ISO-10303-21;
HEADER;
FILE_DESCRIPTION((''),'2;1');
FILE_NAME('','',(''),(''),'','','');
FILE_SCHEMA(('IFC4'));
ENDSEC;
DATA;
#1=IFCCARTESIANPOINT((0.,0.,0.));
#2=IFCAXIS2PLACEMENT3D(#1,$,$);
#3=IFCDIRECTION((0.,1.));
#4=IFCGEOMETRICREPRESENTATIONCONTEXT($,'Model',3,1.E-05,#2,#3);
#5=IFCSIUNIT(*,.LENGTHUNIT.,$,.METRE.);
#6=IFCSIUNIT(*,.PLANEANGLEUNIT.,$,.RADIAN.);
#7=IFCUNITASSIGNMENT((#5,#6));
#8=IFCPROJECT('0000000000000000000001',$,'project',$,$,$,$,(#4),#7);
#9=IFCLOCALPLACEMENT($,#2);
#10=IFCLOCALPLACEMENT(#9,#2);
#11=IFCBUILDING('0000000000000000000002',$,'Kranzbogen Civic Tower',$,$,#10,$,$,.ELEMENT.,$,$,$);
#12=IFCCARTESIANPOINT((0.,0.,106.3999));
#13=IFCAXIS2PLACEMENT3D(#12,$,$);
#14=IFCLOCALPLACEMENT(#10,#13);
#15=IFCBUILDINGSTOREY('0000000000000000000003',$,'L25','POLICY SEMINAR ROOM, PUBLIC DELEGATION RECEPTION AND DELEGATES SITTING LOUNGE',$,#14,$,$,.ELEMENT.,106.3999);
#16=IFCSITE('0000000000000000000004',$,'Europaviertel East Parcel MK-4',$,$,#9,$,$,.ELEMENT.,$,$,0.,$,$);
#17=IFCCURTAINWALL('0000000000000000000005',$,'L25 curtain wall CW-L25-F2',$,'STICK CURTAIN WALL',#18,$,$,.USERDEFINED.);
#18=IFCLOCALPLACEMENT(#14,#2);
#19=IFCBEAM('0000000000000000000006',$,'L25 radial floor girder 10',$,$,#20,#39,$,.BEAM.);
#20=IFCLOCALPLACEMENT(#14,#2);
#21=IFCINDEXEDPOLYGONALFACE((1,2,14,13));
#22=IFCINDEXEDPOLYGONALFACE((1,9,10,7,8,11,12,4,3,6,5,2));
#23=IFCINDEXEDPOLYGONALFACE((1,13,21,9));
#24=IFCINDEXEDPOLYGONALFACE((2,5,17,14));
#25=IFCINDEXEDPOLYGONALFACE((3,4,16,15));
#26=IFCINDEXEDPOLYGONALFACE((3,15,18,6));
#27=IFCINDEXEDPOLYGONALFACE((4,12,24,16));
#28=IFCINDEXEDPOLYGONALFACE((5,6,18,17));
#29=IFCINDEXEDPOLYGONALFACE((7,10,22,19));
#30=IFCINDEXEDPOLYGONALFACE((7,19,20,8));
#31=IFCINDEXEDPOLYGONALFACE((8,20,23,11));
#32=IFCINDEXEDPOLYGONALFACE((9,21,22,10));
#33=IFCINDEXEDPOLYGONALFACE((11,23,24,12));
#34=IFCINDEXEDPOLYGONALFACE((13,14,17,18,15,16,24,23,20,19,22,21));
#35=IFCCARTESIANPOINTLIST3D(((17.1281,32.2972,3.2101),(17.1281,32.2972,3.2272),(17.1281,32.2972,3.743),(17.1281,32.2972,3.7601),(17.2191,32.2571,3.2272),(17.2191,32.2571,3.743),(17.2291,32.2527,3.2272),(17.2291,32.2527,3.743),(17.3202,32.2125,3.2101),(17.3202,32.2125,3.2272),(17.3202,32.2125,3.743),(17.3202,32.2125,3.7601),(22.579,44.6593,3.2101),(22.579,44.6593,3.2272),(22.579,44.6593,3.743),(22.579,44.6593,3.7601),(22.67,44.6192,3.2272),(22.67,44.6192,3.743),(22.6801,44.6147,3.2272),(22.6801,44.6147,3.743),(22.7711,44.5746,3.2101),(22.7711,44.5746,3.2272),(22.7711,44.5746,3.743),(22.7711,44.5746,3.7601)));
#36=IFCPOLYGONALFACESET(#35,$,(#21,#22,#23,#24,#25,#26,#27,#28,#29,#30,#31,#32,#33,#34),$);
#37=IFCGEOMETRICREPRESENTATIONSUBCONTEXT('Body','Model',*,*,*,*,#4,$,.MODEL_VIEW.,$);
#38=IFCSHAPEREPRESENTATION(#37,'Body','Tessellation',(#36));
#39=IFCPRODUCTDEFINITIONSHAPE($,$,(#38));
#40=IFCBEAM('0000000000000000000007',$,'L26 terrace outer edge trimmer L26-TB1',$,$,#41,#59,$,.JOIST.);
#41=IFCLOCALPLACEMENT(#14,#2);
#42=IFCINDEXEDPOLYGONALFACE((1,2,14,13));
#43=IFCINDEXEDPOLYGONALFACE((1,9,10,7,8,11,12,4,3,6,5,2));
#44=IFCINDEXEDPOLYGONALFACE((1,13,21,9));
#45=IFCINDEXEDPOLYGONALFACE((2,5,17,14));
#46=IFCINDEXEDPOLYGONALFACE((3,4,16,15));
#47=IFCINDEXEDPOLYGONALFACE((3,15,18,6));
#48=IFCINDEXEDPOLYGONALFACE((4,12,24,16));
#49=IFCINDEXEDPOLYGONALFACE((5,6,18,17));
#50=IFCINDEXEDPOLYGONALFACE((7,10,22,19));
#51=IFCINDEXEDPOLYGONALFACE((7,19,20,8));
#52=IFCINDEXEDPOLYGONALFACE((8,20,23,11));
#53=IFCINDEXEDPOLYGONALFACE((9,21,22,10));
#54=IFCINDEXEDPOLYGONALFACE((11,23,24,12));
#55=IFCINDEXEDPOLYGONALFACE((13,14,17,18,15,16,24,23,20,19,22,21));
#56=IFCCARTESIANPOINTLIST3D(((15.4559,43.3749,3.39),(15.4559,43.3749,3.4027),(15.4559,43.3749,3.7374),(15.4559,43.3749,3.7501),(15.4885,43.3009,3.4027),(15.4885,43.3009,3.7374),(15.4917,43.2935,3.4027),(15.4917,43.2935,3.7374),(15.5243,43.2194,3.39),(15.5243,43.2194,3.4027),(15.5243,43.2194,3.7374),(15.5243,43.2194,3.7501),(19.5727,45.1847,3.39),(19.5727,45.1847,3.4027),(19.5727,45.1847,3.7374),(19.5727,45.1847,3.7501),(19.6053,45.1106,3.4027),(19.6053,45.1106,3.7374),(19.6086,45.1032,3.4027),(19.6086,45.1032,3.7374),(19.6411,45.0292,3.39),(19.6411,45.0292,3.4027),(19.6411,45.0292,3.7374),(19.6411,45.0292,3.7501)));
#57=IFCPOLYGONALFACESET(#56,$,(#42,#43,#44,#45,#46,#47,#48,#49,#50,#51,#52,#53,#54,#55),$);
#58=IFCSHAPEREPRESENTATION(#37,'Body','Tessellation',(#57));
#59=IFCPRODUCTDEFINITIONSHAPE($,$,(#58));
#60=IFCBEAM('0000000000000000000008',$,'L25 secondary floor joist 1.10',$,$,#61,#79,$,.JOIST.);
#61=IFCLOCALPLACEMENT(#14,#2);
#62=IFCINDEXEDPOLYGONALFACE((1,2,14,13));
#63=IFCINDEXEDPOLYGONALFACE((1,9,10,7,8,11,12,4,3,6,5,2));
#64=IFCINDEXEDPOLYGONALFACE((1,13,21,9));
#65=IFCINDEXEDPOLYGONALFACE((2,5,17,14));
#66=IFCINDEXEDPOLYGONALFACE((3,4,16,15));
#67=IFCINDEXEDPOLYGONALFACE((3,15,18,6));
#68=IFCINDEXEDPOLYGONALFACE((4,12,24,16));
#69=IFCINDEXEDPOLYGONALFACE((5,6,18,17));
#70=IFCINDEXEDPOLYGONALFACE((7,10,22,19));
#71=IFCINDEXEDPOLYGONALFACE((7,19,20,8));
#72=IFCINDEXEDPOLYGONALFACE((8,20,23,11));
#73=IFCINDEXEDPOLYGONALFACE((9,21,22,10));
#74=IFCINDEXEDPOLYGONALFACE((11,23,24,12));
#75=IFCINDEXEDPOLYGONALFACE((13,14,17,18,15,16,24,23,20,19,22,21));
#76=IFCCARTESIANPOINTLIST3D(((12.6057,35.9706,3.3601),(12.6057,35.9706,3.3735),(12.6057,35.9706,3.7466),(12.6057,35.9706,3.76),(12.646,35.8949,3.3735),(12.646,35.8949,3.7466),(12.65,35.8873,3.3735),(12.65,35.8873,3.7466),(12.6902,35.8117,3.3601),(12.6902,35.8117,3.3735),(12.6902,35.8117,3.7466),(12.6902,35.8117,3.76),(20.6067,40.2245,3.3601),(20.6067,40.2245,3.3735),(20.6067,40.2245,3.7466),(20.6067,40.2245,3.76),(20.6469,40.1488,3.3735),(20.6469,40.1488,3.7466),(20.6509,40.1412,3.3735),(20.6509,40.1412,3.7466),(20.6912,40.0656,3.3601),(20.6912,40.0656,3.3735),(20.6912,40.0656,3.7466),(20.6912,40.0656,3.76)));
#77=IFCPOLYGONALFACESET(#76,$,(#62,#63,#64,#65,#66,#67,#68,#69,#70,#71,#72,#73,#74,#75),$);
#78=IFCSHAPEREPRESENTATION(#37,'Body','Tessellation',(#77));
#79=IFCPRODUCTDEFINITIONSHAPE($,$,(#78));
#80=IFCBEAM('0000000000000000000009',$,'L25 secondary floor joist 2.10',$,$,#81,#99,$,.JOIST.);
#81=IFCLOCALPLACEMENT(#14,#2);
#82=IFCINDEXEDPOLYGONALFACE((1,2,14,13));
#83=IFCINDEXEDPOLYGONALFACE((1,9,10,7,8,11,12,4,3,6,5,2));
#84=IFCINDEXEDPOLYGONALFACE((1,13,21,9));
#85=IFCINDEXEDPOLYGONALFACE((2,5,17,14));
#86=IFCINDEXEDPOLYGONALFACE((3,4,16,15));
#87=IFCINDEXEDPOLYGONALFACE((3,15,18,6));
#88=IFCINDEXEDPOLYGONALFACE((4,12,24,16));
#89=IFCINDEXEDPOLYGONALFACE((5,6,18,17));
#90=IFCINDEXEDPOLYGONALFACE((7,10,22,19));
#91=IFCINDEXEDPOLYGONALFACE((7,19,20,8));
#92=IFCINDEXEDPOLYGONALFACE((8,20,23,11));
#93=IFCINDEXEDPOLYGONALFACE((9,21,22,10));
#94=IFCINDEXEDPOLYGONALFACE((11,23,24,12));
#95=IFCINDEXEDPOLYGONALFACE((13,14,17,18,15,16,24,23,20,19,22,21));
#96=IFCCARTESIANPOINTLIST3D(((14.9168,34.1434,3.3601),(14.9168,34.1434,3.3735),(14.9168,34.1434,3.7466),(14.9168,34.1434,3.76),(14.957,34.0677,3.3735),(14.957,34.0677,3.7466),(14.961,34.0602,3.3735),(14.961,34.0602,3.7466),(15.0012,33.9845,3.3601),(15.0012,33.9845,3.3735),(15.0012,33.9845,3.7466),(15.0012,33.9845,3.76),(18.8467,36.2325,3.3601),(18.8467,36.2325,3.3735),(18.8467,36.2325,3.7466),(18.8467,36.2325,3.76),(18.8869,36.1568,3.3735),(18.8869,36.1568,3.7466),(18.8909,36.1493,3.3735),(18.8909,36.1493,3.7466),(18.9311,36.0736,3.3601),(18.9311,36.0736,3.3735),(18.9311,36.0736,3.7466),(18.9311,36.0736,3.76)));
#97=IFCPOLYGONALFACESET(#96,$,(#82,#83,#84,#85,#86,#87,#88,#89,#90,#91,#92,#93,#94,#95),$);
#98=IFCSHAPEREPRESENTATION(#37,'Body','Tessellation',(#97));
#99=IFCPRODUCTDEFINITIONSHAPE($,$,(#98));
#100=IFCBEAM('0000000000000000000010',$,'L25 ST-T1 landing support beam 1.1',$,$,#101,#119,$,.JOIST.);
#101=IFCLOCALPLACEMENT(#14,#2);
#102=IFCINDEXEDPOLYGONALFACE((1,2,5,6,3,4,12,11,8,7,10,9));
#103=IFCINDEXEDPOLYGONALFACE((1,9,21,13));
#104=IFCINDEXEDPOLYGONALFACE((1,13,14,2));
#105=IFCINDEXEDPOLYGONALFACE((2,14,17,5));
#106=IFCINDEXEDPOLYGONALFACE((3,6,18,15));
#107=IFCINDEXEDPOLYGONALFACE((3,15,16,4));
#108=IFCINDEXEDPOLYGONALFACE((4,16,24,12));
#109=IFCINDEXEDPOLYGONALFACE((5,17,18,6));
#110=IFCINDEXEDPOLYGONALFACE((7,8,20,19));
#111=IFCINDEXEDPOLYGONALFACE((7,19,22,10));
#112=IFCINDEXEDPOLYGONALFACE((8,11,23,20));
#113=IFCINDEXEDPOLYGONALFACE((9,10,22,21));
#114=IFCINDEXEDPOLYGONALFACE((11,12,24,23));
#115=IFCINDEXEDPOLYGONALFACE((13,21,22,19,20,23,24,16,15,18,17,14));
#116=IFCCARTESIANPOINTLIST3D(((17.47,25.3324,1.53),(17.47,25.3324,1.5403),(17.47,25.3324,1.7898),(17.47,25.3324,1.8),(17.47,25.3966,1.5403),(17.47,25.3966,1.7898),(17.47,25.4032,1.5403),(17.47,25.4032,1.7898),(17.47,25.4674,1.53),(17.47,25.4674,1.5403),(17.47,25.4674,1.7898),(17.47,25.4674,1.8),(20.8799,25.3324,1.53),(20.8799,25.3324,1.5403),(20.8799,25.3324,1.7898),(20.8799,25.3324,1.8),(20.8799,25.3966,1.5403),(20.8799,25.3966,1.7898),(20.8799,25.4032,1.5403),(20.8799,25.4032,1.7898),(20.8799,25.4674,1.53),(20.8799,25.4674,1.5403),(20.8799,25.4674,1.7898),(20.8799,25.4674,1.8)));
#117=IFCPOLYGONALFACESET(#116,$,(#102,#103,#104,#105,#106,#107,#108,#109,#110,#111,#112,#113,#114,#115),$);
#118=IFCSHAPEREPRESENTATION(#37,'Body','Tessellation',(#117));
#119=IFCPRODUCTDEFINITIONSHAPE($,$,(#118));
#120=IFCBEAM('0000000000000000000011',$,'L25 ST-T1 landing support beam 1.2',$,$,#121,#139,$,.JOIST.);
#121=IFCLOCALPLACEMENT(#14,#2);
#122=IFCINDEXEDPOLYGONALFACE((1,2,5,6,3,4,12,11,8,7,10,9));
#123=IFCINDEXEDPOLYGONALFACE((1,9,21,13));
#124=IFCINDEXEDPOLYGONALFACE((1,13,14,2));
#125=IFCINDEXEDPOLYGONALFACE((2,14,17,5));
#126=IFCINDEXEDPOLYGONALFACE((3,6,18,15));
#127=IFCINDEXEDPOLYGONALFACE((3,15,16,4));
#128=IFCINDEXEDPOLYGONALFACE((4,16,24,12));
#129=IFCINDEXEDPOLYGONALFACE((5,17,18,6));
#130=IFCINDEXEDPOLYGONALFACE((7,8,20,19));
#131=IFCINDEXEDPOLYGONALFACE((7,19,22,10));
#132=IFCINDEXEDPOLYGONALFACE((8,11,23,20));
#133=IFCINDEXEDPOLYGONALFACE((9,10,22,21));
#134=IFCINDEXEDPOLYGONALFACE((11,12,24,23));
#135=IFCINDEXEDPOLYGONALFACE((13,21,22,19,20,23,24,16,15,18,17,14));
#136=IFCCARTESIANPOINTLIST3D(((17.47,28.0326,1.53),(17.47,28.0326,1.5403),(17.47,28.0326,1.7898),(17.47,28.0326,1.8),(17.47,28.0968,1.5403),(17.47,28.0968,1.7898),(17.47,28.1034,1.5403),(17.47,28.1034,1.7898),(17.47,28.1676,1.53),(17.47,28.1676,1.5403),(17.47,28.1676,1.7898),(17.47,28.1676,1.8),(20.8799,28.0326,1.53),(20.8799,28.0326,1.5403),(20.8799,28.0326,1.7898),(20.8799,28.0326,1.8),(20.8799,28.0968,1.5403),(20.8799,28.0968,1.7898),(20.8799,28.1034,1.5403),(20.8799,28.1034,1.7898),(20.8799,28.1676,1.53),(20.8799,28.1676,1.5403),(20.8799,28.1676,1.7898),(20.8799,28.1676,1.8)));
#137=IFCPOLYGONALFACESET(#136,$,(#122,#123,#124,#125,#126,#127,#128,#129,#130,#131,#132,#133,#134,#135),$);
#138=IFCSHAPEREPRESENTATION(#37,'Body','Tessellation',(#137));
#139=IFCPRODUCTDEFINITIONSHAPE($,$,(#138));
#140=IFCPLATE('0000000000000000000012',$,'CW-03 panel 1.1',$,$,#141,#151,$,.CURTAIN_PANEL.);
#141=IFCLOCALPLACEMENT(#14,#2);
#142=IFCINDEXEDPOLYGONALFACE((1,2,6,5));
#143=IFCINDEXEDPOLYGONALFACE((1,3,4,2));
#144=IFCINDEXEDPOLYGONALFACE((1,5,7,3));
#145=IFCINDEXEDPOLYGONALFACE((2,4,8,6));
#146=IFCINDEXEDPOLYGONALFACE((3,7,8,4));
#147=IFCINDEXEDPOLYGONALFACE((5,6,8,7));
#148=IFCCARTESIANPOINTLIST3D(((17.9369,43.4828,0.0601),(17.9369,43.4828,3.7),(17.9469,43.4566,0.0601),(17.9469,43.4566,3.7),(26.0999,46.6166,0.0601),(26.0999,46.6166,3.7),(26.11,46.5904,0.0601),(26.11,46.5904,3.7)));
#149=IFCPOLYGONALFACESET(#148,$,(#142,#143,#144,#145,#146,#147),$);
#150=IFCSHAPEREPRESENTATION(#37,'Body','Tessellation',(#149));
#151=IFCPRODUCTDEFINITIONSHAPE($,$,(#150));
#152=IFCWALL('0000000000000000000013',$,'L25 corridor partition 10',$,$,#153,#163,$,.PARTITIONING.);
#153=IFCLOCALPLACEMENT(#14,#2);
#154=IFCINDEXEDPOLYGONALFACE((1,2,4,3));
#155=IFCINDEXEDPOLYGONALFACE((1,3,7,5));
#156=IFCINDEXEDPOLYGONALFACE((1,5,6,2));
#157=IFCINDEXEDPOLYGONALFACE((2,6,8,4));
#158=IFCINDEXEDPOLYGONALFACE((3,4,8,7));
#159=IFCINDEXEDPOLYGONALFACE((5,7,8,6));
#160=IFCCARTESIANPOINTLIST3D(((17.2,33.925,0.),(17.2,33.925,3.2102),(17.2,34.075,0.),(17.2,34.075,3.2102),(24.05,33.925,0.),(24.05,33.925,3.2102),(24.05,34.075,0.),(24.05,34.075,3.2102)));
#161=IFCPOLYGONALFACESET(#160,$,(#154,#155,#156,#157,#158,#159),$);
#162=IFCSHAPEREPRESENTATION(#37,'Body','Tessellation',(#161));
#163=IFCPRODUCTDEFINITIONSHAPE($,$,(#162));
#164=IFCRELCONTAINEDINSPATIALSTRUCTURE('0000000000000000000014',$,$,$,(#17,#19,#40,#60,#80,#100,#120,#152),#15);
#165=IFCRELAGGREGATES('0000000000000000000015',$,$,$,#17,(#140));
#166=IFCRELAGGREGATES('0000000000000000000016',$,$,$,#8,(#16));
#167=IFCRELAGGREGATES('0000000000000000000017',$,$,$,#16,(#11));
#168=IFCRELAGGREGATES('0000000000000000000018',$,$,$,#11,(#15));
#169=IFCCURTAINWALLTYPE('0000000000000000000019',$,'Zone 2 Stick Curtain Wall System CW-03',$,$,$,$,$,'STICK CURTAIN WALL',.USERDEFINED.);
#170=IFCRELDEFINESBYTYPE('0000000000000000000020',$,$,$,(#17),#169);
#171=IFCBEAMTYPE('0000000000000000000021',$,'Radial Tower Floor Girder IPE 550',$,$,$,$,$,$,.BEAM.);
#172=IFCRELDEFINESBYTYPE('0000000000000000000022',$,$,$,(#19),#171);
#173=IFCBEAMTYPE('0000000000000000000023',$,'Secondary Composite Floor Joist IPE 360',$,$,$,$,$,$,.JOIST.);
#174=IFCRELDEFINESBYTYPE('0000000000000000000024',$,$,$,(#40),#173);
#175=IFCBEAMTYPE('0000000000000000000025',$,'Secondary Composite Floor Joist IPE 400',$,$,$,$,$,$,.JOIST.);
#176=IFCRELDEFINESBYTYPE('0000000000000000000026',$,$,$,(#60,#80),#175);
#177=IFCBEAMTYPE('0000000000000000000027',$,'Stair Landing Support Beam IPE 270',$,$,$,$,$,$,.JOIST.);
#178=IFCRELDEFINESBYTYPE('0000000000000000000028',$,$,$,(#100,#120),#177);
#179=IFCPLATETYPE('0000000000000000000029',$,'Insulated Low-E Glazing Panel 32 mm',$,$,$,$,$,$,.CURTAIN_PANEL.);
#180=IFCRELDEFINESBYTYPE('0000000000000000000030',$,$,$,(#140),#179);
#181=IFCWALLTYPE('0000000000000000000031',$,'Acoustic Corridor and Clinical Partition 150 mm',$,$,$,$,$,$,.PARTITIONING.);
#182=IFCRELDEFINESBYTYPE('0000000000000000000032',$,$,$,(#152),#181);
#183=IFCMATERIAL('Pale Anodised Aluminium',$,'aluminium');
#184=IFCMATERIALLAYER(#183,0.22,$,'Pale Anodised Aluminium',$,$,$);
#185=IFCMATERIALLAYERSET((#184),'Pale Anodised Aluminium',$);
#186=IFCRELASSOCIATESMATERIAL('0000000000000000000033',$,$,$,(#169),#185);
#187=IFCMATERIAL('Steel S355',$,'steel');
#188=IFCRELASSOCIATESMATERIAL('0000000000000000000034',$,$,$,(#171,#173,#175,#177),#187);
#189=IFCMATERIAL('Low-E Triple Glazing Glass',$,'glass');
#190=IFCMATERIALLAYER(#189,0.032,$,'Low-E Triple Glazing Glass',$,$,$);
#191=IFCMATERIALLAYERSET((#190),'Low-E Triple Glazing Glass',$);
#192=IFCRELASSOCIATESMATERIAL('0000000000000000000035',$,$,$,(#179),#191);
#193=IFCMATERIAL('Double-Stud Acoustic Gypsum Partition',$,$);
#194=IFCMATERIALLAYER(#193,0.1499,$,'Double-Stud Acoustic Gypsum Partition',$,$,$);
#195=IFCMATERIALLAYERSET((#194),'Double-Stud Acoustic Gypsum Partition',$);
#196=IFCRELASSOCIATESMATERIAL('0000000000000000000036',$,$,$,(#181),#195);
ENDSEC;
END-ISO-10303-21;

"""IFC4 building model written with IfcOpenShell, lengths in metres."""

from ifc_helpers import new_model, si_unit, direction, frame, frame_2d, origin, origin_2d, place, context, subcontext, project, spatial, rectangle, i_section, extrude, material, layer, layer_set, material_profile, profile_set, type_object, element, aggregate, save


model = new_model("IFC4")

# Units and contexts
model_context = context("Model", 3, precision=1e-05, world=origin(), true_north=direction((0.0, 1.0)))
body_context = subcontext(model_context, "Body", "Model", "MODEL_VIEW")
ifc_project = project(units=[si_unit("LENGTHUNIT", "METRE"), si_unit("PLANEANGLEUNIT", "RADIAN")], contexts=[model_context])

# Site, building, storey
site_placement = place(None, origin())
site = spatial("IfcSite", under=ifc_project, at=site_placement, Name="Europaviertel East Parcel MK-4", CompositionType="ELEMENT", RefElevation=0.0)
building_placement = place(site_placement, origin())
building = spatial("IfcBuilding", under=site, at=building_placement, Name="Kranzbogen Civic Tower", CompositionType="ELEMENT")
storey_placement = place(building_placement, frame((0.0, 0.0, 106.3999)))
storey = spatial("IfcBuildingStorey", under=building, at=storey_placement, Name="L25", Description="POLICY SEMINAR ROOM, PUBLIC DELEGATION RECEPTION AND DELEGATES SITTING LOUNGE", CompositionType="ELEMENT", Elevation=106.3999)

# Shared definitions
ifc_material_1 = material(Name="Steel S355", Category="steel")

# Curtain wall
ifc_material_2 = material(Name="Pale Anodised Aluminium", Category="aluminium")
ifc_layer_1 = layer(ifc_material_2, 0.22, Name="Pale Anodised Aluminium")
ifc_layer_set_1 = layer_set([ifc_layer_1], Name="Pale Anodised Aluminium")
curtain_wall_type = type_object("IfcCurtainWallType", Name="Zone 2 Stick Curtain Wall System CW-03", ElementType="STICK CURTAIN WALL", PredefinedType="USERDEFINED", material=ifc_layer_set_1)
curtain_wall_placement = place(storey_placement, origin())
curtain_wall = element("IfcCurtainWall", 1, at=curtain_wall_placement, inside=storey, type_object=curtain_wall_type, Name="L25 curtain wall CW-L25-F2", ObjectType="STICK CURTAIN WALL", PredefinedType="USERDEFINED")

# Beams
ifc_material_profile_1 = material_profile(ifc_material_1, i_section(OverallWidth=0.21, OverallDepth=0.55, WebThickness=0.011, FlangeThickness=0.0171, at=origin_2d()), Name="IPE 550")
ifc_profile_set_1 = profile_set([ifc_material_profile_1], Name="Steel S355")
beam_type_1 = type_object("IfcBeamType", Name="Radial Tower Floor Girder IPE 550", PredefinedType="BEAM", material=ifc_profile_set_1)
beam_1_placement = place(storey_placement, frame((22.675, 44.6169, 3.4851), z_axis=(-0.403459, -0.914998, 0.0), x_axis=(0.914998, -0.403459, 0.0)))
element("IfcBeam", 2, at=beam_1_placement, inside=storey, type_object=beam_type_1, Name="L25 radial floor girder 10", PredefinedType="BEAM", context=body_context, shape_type="SweptSolid", body=[
    extrude(i_section(OverallWidth=0.21, OverallDepth=0.55, WebThickness=0.011, FlangeThickness=0.0171, at=origin_2d()), origin(), (0.0, 0.0, 1.0), 13.5105),
])
ifc_material_profile_2 = material_profile(ifc_material_1, i_section(OverallWidth=0.1699, OverallDepth=0.3601, WebThickness=0.0081, FlangeThickness=0.0127, at=origin_2d()), Name="IPE 360")
ifc_profile_set_2 = profile_set([ifc_material_profile_2], Name="Steel S355")
beam_type_2 = type_object("IfcBeamType", Name="Secondary Composite Floor Joist IPE 360", PredefinedType="JOIST", material=ifc_profile_set_2)
beam_2_placement = place(storey_placement, frame((19.6069, 45.1069, 3.5701), z_axis=(-0.915449, -0.402433, 0.0), x_axis=(0.402433, -0.915449, 0.0)))
element("IfcBeam", 3, at=beam_2_placement, inside=storey, type_object=beam_type_2, Name="L26 terrace outer edge trimmer L26-TB1", PredefinedType="JOIST", context=body_context, shape_type="SweptSolid", body=[
    extrude(i_section(OverallWidth=0.1699, OverallDepth=0.3601, WebThickness=0.0081, FlangeThickness=0.0127, at=origin_2d()), origin(), (0.0, 0.0, 1.0), 4.4971),
])
ifc_material_profile_3 = material_profile(ifc_material_1, i_section(OverallWidth=0.1799, OverallDepth=0.3999, WebThickness=0.0085, FlangeThickness=0.0134, at=origin_2d()), Name="IPE 400")
ifc_profile_set_3 = profile_set([ifc_material_profile_3], Name="Steel S355")
beam_type_3 = type_object("IfcBeamType", Name="Secondary Composite Floor Joist IPE 400", PredefinedType="JOIST", material=ifc_profile_set_3)
beam_3_placement = place(storey_placement, frame((20.6489, 40.145, 3.5601), z_axis=(-0.882961, -0.469447, 0.0), x_axis=(0.469447, -0.882961, 0.0)))
element("IfcBeam", 4, at=beam_3_placement, inside=storey, type_object=beam_type_3, Name="L25 secondary floor joist 1.10", PredefinedType="JOIST", context=body_context, shape_type="SweptSolid", body=[
    extrude(i_section(OverallWidth=0.1799, OverallDepth=0.3999, WebThickness=0.0085, FlangeThickness=0.0134, at=origin_2d()), origin(), (0.0, 0.0, 1.0), 9.0615),
])
beam_4_placement = place(storey_placement, frame((18.8889, 36.1531, 3.5601), z_axis=(-0.882991, -0.469389, 0.0), x_axis=(0.469389, -0.882991, 0.0)))
element("IfcBeam", 5, at=beam_4_placement, inside=storey, type_object=beam_type_3, Name="L25 secondary floor joist 2.10", PredefinedType="JOIST", context=body_context, shape_type="SweptSolid", body=[
    extrude(i_section(OverallWidth=0.1799, OverallDepth=0.3999, WebThickness=0.0085, FlangeThickness=0.0134, at=origin_2d()), origin(), (0.0, 0.0, 1.0), 4.4507),
])
ifc_material_profile_4 = material_profile(ifc_material_1, i_section(OverallWidth=0.135, OverallDepth=0.27, WebThickness=0.0066, FlangeThickness=0.0103, at=origin_2d()), Name="IPE 270")
ifc_profile_set_4 = profile_set([ifc_material_profile_4], Name="Steel S355")
beam_type_4 = type_object("IfcBeamType", Name="Stair Landing Support Beam IPE 270", PredefinedType="JOIST", material=ifc_profile_set_4)
for number, where, z_axis, x_axis, name in (
    (6, (20.8799, 25.3999, 1.665), (-1.0, 0.0, 0.0), (0.0, -1.0, 0.0), "L25 ST-T1 landing support beam 1.1"),
    (7, (20.8799, 28.1001, 1.665), (-1.0, 0.0, 0.0), (0.0, -1.0, 0.0), "L25 ST-T1 landing support beam 1.2"),
):
    element("IfcBeam", number, at=place(storey_placement, frame(where, z_axis=z_axis, x_axis=x_axis)), inside=storey, type_object=beam_type_4, Name=name, PredefinedType="JOIST", context=body_context, shape_type="SweptSolid", body=[
        extrude(i_section(OverallWidth=0.135, OverallDepth=0.27, WebThickness=0.0066, FlangeThickness=0.0103, at=origin_2d()), origin(), (0.0, 0.0, 1.0), 3.4099),
    ])

# Plate
ifc_material_3 = material(Name="Low-E Triple Glazing Glass", Category="glass")
ifc_layer_2 = layer(ifc_material_3, 0.032, Name="Low-E Triple Glazing Glass")
ifc_layer_set_2 = layer_set([ifc_layer_2], Name="Low-E Triple Glazing Glass")
plate_type = type_object("IfcPlateType", Name="Insulated Low-E Glazing Panel 32 mm", PredefinedType="CURTAIN_PANEL", material=ifc_layer_set_2)
plate_placement = place(storey_placement, frame((22.0234, 45.0366, 0.0601), z_axis=(0.0, 0.0, 1.0), x_axis=(-0.93357, -0.358395, 0.0)))
plate = element("IfcPlate", 8, at=plate_placement, type_object=plate_type, Name="CW-03 panel 1.1", PredefinedType="CURTAIN_PANEL", context=body_context, shape_type="SweptSolid", body=[
    extrude(rectangle(XDim=8.7439, YDim=0.0281, at=origin_2d()), origin(), (0.0, 0.0, 1.0), 3.6399),
])
aggregate(curtain_wall, [plate])

# Wall
ifc_material_4 = material(Name="Double-Stud Acoustic Gypsum Partition")
ifc_layer_3 = layer(ifc_material_4, 0.1499, Name="Double-Stud Acoustic Gypsum Partition")
ifc_layer_set_3 = layer_set([ifc_layer_3], Name="Double-Stud Acoustic Gypsum Partition")
wall_type_1 = type_object("IfcWallType", Name="Acoustic Corridor and Clinical Partition 150 mm", PredefinedType="PARTITIONING", material=ifc_layer_set_3)
wall_1_placement = place(storey_placement, frame((17.2, 34.0, 0.0), z_axis=(0.0, 0.0, 1.0), x_axis=(1.0, 0.0, 0.0)))
element("IfcWall", 9, at=wall_1_placement, inside=storey, type_object=wall_type_1, Name="L25 corridor partition 10", PredefinedType="PARTITIONING", context=body_context, shape_type="SweptSolid", body=[
    extrude(rectangle(XDim=6.8501, YDim=0.1499, at=frame_2d((3.425, 0.0))), origin(), (0.0, 0.0, 1.0), 3.2102),
])

save(model, "model.ifc")
